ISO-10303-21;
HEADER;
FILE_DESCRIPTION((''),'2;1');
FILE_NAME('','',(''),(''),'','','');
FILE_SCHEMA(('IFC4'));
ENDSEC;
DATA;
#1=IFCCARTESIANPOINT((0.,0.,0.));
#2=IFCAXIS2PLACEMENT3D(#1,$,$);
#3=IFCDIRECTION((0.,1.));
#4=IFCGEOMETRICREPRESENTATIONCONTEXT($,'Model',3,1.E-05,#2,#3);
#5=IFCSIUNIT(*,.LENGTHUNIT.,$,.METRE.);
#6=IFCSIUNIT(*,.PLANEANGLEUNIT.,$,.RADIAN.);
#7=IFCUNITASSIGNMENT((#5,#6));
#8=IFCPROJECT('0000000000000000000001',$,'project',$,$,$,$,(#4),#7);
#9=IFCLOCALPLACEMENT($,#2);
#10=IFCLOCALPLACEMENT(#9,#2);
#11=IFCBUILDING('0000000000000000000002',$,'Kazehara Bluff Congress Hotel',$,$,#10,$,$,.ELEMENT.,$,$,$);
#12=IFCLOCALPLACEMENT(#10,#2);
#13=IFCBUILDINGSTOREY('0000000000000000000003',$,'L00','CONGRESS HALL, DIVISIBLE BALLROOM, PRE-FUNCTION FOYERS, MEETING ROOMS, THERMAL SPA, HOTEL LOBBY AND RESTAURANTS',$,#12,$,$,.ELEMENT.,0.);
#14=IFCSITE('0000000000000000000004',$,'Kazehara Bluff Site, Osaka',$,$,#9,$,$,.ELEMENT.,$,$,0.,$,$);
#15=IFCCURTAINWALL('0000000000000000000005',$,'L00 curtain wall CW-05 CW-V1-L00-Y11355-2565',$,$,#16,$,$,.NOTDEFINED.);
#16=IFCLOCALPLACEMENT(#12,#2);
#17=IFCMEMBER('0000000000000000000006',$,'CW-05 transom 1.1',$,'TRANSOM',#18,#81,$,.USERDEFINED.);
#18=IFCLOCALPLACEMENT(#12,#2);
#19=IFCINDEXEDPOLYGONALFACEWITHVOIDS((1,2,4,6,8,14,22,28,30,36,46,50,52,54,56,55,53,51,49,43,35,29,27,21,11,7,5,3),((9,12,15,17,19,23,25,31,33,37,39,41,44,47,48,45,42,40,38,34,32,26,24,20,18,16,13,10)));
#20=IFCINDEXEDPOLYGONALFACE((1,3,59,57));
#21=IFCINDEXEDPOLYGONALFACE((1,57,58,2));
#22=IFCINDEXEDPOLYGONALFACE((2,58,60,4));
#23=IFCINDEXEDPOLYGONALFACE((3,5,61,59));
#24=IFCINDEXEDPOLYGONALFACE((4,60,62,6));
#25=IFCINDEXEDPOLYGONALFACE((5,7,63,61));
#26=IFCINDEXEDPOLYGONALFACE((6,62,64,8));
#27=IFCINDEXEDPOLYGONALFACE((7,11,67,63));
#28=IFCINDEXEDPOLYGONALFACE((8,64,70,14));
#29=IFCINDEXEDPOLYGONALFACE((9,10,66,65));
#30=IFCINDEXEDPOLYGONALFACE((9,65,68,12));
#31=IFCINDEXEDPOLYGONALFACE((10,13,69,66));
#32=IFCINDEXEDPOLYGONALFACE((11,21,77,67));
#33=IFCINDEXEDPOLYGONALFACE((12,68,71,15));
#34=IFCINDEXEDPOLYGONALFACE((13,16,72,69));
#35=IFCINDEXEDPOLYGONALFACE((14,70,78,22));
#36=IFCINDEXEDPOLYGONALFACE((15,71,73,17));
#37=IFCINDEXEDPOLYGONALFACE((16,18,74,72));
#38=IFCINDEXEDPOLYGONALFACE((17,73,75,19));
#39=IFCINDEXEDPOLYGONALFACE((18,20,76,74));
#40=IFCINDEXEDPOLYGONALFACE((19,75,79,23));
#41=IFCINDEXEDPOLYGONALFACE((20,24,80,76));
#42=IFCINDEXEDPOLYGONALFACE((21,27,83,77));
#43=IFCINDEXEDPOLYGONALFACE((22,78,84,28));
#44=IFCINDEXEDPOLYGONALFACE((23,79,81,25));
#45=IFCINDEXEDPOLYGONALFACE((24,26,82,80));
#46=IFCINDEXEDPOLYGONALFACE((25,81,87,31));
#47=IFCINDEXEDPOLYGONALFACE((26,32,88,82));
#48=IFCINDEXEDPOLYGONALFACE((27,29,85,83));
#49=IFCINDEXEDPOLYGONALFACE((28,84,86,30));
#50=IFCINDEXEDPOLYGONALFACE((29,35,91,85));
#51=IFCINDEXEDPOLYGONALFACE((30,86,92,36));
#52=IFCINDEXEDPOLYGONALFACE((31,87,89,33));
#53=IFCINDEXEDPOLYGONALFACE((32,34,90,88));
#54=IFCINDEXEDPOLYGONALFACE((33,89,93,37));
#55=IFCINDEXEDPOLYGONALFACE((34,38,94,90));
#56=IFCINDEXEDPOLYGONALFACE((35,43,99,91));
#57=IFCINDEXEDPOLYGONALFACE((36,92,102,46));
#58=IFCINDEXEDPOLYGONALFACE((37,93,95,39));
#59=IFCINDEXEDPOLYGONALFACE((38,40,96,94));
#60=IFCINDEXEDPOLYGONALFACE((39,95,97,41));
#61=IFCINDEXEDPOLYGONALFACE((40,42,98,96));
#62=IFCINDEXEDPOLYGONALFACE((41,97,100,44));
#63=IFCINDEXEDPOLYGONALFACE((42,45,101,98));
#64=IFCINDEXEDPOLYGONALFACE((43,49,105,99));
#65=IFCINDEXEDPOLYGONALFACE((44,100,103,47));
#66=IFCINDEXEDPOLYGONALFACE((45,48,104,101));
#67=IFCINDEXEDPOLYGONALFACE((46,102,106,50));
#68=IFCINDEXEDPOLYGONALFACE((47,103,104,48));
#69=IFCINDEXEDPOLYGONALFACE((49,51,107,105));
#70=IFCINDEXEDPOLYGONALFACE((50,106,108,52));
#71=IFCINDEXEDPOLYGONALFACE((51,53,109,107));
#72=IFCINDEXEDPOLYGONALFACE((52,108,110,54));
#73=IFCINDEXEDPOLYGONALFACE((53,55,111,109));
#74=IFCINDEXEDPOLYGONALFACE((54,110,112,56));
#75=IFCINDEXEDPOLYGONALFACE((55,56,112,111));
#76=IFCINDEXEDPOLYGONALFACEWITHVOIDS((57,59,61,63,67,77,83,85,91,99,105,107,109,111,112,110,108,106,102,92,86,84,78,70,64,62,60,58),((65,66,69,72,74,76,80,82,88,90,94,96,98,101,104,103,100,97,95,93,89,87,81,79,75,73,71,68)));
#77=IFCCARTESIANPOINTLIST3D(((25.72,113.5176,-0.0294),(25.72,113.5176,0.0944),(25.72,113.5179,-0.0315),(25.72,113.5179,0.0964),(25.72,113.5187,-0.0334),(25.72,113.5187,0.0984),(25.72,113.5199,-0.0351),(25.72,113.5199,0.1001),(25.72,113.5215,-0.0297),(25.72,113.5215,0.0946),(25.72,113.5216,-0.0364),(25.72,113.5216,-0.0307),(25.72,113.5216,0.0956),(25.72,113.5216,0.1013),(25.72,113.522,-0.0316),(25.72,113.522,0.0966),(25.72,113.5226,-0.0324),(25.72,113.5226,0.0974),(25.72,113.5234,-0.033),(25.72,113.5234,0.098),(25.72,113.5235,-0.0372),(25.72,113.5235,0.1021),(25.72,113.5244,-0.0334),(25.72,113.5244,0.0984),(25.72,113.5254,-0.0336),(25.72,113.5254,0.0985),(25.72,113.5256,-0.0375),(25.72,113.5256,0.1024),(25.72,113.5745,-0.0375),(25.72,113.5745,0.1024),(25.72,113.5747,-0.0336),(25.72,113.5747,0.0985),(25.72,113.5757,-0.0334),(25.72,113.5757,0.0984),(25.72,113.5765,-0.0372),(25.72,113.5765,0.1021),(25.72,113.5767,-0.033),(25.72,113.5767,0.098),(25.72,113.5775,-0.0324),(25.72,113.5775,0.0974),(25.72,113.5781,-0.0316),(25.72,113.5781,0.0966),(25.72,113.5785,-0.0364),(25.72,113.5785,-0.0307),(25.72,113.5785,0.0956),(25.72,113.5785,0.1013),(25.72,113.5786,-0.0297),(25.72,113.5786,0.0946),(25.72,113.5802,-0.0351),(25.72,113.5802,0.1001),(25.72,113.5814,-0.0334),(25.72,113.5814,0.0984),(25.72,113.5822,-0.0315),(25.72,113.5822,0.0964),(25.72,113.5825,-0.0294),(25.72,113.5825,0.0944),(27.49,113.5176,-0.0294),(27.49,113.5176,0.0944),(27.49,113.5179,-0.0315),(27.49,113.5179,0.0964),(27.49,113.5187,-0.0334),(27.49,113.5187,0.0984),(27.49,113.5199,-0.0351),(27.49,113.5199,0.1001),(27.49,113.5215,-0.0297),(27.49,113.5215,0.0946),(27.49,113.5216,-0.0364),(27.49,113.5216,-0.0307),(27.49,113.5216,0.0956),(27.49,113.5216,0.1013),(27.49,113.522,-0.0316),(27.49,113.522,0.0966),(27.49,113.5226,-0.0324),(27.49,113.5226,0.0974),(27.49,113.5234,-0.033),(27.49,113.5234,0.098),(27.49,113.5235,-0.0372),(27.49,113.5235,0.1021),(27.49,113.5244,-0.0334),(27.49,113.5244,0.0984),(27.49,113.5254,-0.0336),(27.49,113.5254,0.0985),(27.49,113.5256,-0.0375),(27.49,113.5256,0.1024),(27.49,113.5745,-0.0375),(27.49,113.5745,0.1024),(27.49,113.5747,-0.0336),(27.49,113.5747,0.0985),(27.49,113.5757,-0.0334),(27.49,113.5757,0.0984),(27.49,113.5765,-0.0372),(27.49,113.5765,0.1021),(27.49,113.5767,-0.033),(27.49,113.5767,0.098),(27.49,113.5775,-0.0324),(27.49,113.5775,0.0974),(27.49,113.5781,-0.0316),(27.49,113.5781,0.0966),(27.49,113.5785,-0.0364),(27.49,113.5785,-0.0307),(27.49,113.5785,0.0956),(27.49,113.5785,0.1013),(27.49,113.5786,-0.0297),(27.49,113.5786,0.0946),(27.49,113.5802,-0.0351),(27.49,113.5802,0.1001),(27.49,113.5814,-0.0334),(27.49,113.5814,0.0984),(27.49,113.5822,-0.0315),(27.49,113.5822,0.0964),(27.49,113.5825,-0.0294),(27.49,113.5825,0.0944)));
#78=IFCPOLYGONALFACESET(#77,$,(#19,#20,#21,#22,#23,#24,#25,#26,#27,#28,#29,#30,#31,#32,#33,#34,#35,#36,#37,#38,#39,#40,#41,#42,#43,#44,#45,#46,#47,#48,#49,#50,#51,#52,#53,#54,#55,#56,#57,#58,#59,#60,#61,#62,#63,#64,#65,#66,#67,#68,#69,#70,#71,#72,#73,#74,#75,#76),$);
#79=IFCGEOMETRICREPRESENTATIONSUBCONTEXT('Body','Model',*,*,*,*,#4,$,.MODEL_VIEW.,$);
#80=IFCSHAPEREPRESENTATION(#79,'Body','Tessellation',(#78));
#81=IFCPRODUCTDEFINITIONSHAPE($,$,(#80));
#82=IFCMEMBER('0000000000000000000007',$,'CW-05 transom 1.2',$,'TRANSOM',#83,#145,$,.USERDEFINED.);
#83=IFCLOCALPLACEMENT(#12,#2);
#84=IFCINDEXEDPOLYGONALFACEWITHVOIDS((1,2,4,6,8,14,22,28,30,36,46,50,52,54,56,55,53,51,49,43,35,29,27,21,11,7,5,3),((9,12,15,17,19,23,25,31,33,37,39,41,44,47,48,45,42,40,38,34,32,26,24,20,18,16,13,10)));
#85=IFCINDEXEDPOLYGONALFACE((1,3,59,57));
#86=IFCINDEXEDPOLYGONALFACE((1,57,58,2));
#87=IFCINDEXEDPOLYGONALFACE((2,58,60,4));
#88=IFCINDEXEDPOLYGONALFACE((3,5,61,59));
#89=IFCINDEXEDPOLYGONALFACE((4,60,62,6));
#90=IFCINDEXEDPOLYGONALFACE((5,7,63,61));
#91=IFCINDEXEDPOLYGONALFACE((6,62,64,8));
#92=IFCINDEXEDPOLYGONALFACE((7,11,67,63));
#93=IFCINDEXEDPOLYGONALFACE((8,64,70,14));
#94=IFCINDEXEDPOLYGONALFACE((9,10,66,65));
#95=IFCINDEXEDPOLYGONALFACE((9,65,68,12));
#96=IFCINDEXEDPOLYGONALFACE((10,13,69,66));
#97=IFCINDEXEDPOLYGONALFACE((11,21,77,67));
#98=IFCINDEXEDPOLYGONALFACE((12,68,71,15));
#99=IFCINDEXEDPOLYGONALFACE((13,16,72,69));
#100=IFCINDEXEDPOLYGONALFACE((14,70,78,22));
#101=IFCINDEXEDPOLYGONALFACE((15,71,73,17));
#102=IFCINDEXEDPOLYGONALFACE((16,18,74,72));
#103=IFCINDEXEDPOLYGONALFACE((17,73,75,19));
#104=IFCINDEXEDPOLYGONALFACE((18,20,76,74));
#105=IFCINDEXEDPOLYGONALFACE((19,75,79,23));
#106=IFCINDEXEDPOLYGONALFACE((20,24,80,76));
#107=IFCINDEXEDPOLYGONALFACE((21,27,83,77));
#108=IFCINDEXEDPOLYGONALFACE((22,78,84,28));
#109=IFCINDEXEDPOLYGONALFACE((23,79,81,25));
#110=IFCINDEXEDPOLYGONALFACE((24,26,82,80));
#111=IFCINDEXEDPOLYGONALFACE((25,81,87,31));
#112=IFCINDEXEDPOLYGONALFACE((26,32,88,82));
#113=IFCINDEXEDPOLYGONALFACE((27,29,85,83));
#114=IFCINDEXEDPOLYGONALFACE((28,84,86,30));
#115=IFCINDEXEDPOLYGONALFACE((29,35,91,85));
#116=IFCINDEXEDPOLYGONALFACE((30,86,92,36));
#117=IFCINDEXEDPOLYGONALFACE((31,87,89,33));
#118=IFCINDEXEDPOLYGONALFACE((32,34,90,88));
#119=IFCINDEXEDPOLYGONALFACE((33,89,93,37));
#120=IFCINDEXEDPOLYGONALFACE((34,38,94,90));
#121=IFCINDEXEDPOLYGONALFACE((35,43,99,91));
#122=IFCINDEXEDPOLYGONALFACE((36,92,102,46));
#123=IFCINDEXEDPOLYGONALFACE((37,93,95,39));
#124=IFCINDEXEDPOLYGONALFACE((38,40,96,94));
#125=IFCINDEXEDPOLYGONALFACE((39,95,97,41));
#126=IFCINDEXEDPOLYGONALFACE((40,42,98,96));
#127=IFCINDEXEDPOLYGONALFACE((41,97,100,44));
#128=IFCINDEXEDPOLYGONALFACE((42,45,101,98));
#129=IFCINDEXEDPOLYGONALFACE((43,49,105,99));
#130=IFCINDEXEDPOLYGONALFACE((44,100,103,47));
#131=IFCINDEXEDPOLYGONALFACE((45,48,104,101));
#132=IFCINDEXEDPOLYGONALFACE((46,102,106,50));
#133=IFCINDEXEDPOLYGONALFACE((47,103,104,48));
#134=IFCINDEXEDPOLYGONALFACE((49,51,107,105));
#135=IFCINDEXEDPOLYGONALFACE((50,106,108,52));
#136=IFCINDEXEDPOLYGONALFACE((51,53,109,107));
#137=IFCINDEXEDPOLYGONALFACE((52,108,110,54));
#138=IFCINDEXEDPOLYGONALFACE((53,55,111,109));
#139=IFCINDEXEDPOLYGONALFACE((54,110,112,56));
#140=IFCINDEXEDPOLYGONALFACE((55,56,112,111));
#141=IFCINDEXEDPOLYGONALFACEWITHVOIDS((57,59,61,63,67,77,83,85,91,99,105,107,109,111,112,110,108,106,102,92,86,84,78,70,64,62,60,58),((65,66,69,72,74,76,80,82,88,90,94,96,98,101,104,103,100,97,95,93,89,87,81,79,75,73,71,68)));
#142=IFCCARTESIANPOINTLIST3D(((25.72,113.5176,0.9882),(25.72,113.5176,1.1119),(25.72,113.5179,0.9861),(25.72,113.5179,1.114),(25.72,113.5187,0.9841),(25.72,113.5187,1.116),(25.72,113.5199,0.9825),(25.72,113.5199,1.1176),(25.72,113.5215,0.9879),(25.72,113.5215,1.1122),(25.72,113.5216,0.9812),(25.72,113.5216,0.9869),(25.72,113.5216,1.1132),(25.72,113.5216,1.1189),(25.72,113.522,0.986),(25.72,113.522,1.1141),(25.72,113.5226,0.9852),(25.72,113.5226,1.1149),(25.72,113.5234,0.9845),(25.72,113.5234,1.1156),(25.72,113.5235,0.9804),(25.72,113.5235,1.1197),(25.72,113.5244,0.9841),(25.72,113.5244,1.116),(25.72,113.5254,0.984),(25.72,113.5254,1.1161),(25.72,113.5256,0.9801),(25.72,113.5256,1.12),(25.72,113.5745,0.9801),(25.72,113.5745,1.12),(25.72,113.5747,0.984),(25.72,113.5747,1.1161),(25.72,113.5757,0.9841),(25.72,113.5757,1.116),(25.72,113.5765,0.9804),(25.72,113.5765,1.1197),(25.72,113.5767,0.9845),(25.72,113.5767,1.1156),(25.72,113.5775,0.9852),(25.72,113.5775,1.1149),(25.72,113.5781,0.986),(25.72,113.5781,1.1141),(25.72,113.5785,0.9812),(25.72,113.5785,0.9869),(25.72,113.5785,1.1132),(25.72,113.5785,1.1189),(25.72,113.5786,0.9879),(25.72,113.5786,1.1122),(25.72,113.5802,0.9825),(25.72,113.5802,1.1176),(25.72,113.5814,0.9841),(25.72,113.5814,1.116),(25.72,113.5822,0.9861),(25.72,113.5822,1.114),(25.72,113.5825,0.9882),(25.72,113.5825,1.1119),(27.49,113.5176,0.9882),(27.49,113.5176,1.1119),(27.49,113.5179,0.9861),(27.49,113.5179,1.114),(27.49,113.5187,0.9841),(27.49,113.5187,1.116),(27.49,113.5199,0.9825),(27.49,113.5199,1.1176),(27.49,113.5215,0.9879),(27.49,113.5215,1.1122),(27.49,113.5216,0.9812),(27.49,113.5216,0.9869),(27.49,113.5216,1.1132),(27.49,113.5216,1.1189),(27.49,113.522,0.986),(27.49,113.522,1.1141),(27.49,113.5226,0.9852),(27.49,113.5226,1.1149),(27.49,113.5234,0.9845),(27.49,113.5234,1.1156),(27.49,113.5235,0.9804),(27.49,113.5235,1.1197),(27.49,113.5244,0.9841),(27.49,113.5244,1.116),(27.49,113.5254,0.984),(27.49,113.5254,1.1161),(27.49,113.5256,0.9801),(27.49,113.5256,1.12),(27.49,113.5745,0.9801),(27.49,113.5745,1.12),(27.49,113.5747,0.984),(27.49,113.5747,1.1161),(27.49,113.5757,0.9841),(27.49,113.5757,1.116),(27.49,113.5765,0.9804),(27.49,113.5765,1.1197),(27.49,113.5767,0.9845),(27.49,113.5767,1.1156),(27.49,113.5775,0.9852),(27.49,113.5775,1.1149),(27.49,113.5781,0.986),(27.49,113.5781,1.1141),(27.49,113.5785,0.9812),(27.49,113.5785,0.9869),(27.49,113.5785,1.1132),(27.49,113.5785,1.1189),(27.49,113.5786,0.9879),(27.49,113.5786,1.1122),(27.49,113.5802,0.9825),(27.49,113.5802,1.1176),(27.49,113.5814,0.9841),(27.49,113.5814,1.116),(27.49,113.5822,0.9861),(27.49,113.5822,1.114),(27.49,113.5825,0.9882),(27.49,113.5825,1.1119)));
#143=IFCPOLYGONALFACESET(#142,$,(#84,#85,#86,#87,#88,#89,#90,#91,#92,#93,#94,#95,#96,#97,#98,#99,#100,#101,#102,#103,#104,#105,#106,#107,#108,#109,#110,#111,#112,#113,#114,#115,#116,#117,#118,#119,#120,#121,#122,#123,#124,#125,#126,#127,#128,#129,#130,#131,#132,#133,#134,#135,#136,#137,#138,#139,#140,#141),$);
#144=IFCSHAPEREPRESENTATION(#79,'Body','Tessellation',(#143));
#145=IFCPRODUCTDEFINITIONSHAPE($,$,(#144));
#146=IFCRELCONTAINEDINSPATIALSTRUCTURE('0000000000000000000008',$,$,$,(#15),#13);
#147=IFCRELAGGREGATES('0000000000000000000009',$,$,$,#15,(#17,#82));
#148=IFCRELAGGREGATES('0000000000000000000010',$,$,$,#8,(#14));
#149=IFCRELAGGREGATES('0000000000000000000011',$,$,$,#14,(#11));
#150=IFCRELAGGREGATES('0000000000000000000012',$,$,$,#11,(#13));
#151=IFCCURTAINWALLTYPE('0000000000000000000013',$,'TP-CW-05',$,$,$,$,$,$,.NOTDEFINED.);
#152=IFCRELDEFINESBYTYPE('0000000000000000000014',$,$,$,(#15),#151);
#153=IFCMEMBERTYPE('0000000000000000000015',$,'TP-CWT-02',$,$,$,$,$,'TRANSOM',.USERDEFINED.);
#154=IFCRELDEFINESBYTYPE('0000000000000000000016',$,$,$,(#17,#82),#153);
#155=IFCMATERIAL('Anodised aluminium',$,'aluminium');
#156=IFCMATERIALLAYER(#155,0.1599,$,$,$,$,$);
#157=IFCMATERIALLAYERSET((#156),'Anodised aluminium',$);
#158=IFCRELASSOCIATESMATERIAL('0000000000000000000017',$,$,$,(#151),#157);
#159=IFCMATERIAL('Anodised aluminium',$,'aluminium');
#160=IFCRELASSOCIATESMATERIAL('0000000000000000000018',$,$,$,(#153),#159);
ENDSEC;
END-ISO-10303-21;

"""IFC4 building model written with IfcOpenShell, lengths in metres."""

from ifc_helpers import new_model, si_unit, direction, frame, origin, origin_2d, place, context, subcontext, project, spatial, hollow_rectangle, extrude, material, layer, layer_set, material_profile, profile_set, type_object, element, aggregate, save


model = new_model("IFC4")

# Units and contexts
model_context = context("Model", 3, precision=1e-05, world=origin(), true_north=direction((0.0, 1.0)))
body_context = subcontext(model_context, "Body", "Model", "MODEL_VIEW")
ifc_project = project(units=[si_unit("LENGTHUNIT", "METRE"), si_unit("PLANEANGLEUNIT", "RADIAN")], contexts=[model_context])

# Site, building, storey
site_placement = place(None, origin())
site = spatial("IfcSite", under=ifc_project, at=site_placement, Name="Kazehara Bluff Site, Osaka", CompositionType="ELEMENT", RefElevation=0.0)
building_placement = place(site_placement, origin())
building = spatial("IfcBuilding", under=site, at=building_placement, Name="Kazehara Bluff Congress Hotel", CompositionType="ELEMENT")
storey_placement = place(building_placement, origin())
storey = spatial("IfcBuildingStorey", under=building, at=storey_placement, Name="L00", Description="CONGRESS HALL, DIVISIBLE BALLROOM, PRE-FUNCTION FOYERS, MEETING ROOMS, THERMAL SPA, HOTEL LOBBY AND RESTAURANTS", CompositionType="ELEMENT", Elevation=0.0)

# Curtain wall
ifc_material_1 = material(Name="Anodised aluminium", Category="aluminium")
ifc_layer_1 = layer(ifc_material_1, 0.1599)
ifc_layer_set_1 = layer_set([ifc_layer_1], Name="Anodised aluminium")
curtain_wall_type_1 = type_object("IfcCurtainWallType", Name="TP-CW-05", PredefinedType="NOTDEFINED", material=ifc_layer_set_1)
curtain_wall_1_placement = place(storey_placement, origin())
curtain_wall_1 = element("IfcCurtainWall", 1, at=curtain_wall_1_placement, inside=storey, type_object=curtain_wall_type_1, Name="L00 curtain wall CW-05 CW-V1-L00-Y11355-2565", PredefinedType="NOTDEFINED")

# Members
ifc_material_2 = material(Name="Anodised aluminium", Category="aluminium")
ifc_material_profile_1 = material_profile(ifc_material_2, hollow_rectangle(XDim=0.0649, YDim=0.1399, WallThickness=0.0039, InnerFilletRadius=0.0039, OuterFilletRadius=0.0081, at=origin_2d()))
ifc_profile_set_1 = profile_set([ifc_material_profile_1], Name="Anodised aluminium")
member_type_1 = type_object("IfcMemberType", Name="TP-CWT-02", ElementType="TRANSOM", PredefinedType="USERDEFINED", material=ifc_profile_set_1)
member_1_placement = place(storey_placement, frame((25.72, 113.55, 0.0325), z_axis=(1.0, 0.0, 0.0), x_axis=(0.0, 1.0, 0.0)))
member_1 = element("IfcMember", 2, at=member_1_placement, type_object=member_type_1, Name="CW-05 transom 1.1", ObjectType="TRANSOM", PredefinedType="USERDEFINED", context=body_context, shape_type="SweptSolid", body=[
    extrude(hollow_rectangle(XDim=0.0649, YDim=0.1399, WallThickness=0.0039, InnerFilletRadius=0.0039, OuterFilletRadius=0.0081, at=origin_2d()), origin(), (0.0, 0.0, 1.0), 1.77),
])
member_2_placement = place(storey_placement, frame((25.72, 113.55, 1.05), z_axis=(1.0, 0.0, 0.0), x_axis=(0.0, 1.0, 0.0)))
member_2 = element("IfcMember", 3, at=member_2_placement, type_object=member_type_1, Name="CW-05 transom 1.2", ObjectType="TRANSOM", PredefinedType="USERDEFINED", context=body_context, shape_type="SweptSolid", body=[
    extrude(hollow_rectangle(XDim=0.0649, YDim=0.1399, WallThickness=0.0039, InnerFilletRadius=0.0039, OuterFilletRadius=0.0081, at=origin_2d()), origin(), (0.0, 0.0, 1.0), 1.77),
])

aggregate(curtain_wall_1, [member_1, member_2])

save(model, "model.ifc")
